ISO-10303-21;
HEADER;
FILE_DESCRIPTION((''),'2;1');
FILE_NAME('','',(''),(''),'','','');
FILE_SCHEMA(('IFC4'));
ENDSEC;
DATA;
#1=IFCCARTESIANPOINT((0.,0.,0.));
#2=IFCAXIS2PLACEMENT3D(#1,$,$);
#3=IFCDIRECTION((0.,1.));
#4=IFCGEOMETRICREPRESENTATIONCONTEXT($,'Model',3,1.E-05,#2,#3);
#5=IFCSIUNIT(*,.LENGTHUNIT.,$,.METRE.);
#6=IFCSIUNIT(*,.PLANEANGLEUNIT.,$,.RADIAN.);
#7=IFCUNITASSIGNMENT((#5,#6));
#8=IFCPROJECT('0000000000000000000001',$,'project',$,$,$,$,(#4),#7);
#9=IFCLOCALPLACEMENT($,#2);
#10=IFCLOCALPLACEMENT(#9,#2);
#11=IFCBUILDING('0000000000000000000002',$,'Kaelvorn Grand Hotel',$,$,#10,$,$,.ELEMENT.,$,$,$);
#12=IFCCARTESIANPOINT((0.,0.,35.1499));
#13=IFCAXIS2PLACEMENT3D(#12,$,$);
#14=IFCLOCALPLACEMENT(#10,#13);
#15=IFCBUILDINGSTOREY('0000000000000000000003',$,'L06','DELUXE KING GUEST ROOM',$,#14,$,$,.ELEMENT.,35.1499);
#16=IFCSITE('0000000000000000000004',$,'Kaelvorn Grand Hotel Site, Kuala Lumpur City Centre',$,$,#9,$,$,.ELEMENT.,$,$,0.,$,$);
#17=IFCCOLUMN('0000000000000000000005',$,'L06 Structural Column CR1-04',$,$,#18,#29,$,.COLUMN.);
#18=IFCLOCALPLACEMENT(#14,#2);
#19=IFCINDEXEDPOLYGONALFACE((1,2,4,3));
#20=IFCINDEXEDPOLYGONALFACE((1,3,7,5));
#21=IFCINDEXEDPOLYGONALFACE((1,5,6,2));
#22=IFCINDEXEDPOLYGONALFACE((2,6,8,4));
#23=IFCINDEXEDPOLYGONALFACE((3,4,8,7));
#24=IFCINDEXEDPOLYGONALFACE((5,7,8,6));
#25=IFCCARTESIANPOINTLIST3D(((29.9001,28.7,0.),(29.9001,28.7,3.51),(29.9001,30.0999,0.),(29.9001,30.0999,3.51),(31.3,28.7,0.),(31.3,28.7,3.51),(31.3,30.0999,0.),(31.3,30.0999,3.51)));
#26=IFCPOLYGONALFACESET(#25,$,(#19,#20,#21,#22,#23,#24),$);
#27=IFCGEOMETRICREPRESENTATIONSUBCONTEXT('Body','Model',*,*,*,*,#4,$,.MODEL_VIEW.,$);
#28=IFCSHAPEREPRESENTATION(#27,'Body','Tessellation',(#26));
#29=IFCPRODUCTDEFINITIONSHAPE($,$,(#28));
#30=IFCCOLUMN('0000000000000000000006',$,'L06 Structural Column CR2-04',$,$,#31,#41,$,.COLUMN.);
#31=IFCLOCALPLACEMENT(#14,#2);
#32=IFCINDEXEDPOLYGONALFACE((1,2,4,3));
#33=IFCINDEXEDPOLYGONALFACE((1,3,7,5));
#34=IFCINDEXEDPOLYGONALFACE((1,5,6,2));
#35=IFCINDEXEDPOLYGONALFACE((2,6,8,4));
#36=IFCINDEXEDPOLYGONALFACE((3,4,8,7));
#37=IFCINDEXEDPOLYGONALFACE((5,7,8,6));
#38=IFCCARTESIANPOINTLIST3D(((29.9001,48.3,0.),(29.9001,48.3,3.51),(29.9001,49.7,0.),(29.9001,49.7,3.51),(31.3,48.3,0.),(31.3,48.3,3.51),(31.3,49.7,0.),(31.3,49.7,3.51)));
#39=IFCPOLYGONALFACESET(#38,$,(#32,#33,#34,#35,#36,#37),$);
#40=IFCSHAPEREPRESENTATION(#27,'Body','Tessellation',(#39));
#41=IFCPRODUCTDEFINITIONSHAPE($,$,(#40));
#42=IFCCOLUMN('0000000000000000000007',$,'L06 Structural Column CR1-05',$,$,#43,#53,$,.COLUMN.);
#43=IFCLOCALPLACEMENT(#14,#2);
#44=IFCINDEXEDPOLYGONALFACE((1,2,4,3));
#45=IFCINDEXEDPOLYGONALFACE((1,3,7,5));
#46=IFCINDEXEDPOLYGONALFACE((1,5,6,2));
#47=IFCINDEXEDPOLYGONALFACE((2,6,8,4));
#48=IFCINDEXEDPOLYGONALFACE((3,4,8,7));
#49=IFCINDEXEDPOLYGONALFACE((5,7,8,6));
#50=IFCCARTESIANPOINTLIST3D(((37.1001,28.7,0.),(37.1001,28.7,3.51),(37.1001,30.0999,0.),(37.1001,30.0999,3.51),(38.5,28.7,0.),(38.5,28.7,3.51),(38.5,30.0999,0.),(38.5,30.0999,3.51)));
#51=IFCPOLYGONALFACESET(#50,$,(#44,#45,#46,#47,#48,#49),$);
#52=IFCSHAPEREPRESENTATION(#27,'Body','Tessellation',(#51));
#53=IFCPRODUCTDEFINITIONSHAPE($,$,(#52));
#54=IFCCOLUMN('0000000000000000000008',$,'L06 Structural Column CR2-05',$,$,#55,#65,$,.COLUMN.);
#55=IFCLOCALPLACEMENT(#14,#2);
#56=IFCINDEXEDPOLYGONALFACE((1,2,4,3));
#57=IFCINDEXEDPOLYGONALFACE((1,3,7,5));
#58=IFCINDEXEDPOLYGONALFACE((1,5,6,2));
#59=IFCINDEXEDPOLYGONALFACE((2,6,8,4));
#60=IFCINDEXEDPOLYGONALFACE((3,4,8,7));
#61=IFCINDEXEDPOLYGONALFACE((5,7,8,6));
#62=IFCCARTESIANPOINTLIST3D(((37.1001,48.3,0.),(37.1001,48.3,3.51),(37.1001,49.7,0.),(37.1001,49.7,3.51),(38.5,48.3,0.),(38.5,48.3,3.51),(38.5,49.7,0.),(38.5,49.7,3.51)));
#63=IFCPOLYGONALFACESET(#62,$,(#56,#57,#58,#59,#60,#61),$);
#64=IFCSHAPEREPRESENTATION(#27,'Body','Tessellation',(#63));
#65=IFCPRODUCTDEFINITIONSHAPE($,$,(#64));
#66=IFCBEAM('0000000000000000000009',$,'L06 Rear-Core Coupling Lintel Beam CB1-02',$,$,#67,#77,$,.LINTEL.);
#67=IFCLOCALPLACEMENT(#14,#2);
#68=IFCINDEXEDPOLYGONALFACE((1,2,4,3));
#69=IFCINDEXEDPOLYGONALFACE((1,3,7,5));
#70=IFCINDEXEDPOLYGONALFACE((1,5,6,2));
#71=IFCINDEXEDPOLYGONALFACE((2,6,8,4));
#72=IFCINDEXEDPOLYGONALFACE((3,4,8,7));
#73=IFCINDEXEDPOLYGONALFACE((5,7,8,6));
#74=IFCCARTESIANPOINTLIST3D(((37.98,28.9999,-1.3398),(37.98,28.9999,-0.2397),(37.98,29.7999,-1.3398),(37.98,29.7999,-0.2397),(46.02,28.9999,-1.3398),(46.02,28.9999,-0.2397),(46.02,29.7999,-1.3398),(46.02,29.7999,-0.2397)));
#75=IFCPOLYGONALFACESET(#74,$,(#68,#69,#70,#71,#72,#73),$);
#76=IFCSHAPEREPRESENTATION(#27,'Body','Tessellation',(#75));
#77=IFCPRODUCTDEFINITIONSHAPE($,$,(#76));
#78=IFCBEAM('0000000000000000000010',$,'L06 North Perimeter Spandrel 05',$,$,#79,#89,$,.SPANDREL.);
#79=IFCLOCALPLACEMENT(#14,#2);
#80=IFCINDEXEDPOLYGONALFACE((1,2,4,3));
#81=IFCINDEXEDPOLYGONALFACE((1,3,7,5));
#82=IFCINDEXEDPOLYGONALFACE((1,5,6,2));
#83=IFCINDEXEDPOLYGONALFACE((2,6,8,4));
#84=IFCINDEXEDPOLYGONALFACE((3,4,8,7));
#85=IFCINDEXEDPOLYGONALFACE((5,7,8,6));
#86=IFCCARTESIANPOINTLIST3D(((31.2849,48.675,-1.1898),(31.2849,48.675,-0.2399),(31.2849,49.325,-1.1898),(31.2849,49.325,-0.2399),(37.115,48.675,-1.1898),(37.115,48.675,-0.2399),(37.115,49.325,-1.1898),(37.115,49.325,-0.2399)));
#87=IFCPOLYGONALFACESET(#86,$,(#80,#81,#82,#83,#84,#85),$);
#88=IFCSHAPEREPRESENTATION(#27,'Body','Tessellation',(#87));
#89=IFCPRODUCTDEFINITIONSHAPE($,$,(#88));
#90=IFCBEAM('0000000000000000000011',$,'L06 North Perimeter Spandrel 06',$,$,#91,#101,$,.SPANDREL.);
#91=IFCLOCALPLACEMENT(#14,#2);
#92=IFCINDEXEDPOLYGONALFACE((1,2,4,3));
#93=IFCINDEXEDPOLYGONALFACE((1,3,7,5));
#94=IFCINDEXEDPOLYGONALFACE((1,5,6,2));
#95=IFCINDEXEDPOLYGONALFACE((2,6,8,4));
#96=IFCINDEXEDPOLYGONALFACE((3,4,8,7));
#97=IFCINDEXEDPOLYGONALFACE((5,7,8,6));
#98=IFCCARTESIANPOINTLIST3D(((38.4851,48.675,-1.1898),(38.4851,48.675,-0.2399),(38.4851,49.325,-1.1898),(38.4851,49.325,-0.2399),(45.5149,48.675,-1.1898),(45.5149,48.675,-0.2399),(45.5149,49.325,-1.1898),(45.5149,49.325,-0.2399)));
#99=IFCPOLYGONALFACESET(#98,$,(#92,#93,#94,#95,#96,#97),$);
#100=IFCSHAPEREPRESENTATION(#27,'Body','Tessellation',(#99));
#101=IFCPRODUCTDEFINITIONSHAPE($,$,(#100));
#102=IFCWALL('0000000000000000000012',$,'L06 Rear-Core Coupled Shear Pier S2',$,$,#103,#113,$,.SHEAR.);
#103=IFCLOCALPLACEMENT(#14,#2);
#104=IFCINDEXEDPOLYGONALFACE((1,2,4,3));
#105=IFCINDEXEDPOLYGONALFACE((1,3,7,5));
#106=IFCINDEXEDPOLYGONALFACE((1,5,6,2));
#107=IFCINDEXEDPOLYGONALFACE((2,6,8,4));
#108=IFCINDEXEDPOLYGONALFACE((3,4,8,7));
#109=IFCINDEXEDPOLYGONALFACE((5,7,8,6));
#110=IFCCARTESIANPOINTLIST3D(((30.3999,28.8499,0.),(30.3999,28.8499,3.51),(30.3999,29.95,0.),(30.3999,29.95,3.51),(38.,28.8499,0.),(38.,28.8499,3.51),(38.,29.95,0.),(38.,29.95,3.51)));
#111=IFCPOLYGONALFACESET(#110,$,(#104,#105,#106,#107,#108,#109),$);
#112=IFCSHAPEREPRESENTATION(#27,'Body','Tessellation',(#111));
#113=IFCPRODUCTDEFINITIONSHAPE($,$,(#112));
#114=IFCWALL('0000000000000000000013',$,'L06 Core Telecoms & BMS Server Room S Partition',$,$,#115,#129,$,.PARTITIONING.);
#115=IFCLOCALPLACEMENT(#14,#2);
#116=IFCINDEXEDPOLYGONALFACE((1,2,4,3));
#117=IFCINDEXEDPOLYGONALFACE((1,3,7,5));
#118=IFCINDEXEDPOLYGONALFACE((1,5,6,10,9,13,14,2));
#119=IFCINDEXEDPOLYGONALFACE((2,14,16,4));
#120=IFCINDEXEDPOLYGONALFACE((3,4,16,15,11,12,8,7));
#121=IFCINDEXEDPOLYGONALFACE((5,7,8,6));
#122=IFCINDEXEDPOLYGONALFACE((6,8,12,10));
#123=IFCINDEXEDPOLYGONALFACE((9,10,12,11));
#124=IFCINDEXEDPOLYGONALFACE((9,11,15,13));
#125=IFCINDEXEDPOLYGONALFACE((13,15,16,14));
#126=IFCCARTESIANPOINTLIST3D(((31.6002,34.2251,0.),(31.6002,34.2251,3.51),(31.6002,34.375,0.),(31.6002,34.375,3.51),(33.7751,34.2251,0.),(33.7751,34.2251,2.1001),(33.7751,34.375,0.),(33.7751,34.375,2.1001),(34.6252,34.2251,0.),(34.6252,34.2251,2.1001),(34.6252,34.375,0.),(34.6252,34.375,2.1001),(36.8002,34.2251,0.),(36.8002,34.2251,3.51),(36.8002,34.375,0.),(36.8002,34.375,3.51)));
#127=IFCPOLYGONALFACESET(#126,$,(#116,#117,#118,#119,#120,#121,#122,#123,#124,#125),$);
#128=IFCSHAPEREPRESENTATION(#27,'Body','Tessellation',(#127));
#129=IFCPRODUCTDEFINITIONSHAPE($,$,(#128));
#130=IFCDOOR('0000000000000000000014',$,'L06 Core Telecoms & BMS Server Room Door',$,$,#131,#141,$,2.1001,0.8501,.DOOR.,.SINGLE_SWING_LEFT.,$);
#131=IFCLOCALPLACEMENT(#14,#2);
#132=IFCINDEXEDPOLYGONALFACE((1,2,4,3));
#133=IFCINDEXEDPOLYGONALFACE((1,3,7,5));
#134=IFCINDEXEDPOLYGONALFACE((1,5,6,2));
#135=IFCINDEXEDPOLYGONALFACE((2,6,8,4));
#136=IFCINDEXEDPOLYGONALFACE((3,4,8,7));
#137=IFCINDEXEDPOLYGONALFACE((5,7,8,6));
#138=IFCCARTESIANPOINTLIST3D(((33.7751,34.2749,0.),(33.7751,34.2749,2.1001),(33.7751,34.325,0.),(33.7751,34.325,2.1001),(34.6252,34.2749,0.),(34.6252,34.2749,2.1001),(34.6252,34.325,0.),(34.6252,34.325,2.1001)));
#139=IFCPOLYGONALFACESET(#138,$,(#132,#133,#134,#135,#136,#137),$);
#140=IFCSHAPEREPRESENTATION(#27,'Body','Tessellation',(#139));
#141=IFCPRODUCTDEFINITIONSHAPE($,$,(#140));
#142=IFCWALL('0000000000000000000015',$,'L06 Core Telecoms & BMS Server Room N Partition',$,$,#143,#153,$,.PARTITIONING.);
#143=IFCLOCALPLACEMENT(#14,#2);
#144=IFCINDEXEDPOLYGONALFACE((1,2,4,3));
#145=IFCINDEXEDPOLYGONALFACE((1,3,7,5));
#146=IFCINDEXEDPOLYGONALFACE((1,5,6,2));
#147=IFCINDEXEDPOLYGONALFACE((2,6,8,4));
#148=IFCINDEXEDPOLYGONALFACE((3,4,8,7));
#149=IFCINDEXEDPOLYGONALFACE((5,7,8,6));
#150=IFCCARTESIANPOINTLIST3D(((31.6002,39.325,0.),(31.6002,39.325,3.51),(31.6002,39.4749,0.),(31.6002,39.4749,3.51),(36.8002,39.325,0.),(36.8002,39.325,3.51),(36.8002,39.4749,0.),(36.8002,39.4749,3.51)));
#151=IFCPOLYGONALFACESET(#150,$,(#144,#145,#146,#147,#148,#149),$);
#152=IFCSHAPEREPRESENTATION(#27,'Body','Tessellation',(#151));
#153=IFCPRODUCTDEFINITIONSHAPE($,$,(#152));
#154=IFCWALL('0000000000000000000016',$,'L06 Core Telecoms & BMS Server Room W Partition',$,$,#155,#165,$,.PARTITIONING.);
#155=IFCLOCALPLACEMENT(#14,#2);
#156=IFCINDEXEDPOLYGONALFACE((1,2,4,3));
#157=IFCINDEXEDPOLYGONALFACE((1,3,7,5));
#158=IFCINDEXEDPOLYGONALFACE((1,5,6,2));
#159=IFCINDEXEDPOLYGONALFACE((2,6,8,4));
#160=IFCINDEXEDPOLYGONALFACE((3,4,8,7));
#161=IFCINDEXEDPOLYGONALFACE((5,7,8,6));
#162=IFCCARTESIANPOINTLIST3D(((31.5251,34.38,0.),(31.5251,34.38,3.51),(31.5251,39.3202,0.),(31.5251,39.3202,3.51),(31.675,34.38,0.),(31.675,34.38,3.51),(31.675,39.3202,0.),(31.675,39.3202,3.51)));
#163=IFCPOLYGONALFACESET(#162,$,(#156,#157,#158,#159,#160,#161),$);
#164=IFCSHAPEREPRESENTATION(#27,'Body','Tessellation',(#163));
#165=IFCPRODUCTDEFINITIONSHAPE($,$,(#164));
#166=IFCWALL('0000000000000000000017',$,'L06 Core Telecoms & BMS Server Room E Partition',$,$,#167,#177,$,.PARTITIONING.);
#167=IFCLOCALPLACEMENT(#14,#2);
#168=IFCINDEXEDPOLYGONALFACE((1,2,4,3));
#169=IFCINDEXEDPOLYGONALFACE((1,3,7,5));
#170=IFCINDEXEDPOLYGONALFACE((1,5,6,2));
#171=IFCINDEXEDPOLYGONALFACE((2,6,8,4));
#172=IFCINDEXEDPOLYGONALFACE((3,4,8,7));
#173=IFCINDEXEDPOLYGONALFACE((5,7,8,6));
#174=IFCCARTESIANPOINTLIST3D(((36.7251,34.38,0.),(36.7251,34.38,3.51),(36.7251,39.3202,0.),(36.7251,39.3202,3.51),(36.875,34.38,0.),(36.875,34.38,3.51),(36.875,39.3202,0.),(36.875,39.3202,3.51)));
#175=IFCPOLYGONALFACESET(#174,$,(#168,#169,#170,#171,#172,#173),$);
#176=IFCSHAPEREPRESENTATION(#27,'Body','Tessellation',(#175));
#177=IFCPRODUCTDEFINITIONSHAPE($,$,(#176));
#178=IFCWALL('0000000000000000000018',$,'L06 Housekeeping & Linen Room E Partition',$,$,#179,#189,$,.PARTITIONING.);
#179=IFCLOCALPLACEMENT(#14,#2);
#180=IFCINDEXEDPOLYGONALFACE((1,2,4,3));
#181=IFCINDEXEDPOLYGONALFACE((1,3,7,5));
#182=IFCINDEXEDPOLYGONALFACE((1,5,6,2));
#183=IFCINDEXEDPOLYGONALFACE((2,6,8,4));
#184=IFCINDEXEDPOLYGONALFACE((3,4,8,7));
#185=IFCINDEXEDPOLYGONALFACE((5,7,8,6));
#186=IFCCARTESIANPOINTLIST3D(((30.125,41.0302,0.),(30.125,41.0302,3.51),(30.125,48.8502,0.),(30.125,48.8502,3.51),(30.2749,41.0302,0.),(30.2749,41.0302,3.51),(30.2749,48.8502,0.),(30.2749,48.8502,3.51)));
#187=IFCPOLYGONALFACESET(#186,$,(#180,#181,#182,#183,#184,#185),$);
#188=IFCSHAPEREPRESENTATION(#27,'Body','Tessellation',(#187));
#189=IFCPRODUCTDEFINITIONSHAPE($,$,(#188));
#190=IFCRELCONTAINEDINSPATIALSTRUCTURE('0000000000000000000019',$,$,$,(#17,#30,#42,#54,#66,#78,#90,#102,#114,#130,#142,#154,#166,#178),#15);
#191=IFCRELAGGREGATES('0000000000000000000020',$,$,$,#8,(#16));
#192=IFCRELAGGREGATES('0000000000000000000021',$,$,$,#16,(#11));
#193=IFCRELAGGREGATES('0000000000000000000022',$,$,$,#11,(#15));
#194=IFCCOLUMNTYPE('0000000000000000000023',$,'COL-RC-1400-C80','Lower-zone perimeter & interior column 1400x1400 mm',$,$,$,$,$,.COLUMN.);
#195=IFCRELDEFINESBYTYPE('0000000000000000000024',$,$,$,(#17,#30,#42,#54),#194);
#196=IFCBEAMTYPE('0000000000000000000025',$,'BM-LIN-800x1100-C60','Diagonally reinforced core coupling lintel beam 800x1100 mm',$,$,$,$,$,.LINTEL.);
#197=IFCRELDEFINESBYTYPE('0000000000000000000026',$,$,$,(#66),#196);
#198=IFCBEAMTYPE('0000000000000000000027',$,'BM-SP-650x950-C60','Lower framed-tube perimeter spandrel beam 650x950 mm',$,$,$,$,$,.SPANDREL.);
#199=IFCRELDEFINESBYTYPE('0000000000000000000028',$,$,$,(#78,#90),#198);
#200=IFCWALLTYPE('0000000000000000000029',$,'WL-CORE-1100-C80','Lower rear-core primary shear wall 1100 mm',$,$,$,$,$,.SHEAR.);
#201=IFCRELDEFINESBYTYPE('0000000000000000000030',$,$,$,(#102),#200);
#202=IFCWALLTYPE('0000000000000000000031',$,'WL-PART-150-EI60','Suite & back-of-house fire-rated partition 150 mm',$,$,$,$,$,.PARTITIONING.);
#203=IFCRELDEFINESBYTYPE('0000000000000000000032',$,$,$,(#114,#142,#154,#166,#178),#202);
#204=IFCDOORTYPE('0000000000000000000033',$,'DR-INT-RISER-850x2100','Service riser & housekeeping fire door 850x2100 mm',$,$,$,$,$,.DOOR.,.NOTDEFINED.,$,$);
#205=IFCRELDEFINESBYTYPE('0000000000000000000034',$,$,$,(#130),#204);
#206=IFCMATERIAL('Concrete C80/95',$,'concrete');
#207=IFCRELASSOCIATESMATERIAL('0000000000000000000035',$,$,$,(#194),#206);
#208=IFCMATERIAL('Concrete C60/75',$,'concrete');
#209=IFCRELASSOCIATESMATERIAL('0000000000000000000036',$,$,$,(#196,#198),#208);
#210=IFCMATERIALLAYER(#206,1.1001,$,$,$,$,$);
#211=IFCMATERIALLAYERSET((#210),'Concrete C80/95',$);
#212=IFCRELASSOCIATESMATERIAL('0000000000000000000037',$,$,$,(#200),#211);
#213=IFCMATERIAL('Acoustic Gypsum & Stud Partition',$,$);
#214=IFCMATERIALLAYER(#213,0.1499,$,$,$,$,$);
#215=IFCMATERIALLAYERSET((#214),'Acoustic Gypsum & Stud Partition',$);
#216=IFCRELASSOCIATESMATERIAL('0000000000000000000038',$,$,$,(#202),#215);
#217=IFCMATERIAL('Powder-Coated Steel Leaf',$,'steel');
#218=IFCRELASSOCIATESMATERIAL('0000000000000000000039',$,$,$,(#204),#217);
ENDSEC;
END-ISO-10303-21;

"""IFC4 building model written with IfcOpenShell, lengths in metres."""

from ifc_helpers import new_model, si_unit, direction, frame, frame_2d, origin, origin_2d, place, context, subcontext, project, spatial, rectangle, extrude, material, layer, layer_set, material_profile, profile_set, type_object, element, fill, save


model = new_model("IFC4")

# Units and contexts
model_context = context("Model", 3, precision=1e-05, world=origin(), true_north=direction((0.0, 1.0)))
body_context = subcontext(model_context, "Body", "Model", "MODEL_VIEW")
ifc_project = project(units=[si_unit("LENGTHUNIT", "METRE"), si_unit("PLANEANGLEUNIT", "RADIAN")], contexts=[model_context])

# Site, building, storey
site_placement = place(None, origin())
site = spatial("IfcSite", under=ifc_project, at=site_placement, Name="Kaelvorn Grand Hotel Site, Kuala Lumpur City Centre", CompositionType="ELEMENT", RefElevation=0.0)
building_placement = place(site_placement, origin())
building = spatial("IfcBuilding", under=site, at=building_placement, Name="Kaelvorn Grand Hotel", CompositionType="ELEMENT")
storey_placement = place(building_placement, frame((0.0, 0.0, 35.1499)))
storey = spatial("IfcBuildingStorey", under=building, at=storey_placement, Name="L06", Description="DELUXE KING GUEST ROOM", CompositionType="ELEMENT", Elevation=35.1499)

# Columns
ifc_material_1 = material(Name="Concrete C80/95", Category="concrete")
ifc_material_profile_1 = material_profile(ifc_material_1, rectangle(XDim=1.3999, YDim=1.3999, at=origin_2d()), Name="RC COL 1400x1400")
ifc_profile_set_1 = profile_set([ifc_material_profile_1], Name="Concrete C80/95")
column_type = type_object("IfcColumnType", Name="COL-RC-1400-C80", Description="Lower-zone perimeter & interior column 1400x1400 mm", PredefinedType="COLUMN", material=ifc_profile_set_1)
for number, where, z_axis, x_axis, name in (
    (1, (30.6001, 29.3999, 0.0), (0.0, 0.0, 1.0), (1.0, 0.0, 0.0), "L06 Structural Column CR1-04"),
    (2, (30.6001, 49.0, 0.0), (0.0, 0.0, 1.0), (1.0, 0.0, 0.0), "L06 Structural Column CR2-04"),
    (3, (37.8, 29.3999, 0.0), (0.0, 0.0, 1.0), (1.0, 0.0, 0.0), "L06 Structural Column CR1-05"),
    (4, (37.8, 49.0, 0.0), (0.0, 0.0, 1.0), (1.0, 0.0, 0.0), "L06 Structural Column CR2-05"),
):
    element("IfcColumn", number, at=place(storey_placement, frame(where, z_axis=z_axis, x_axis=x_axis)), inside=storey, type_object=column_type, Name=name, PredefinedType="COLUMN", context=body_context, shape_type="SweptSolid", body=[
        extrude(rectangle(XDim=1.3999, YDim=1.3999, at=origin_2d()), origin(), (0.0, 0.0, 1.0), 3.51),
    ])

# Beams
ifc_material_2 = material(Name="Concrete C60/75", Category="concrete")
ifc_material_profile_2 = material_profile(ifc_material_2, rectangle(XDim=0.8, YDim=1.1001, at=origin_2d()), Name="RC LINTEL 800x1100")
ifc_profile_set_2 = profile_set([ifc_material_profile_2], Name="Concrete C60/75")
beam_type_1 = type_object("IfcBeamType", Name="BM-LIN-800x1100-C60", Description="Diagonally reinforced core coupling lintel beam 800x1100 mm", PredefinedType="LINTEL", material=ifc_profile_set_2)
beam_1_placement = place(storey_placement, frame((37.98, 29.3999, -0.7898), z_axis=(1.0, 0.0, 0.0), x_axis=(0.0, 1.0, 0.0)))
element("IfcBeam", 5, at=beam_1_placement, inside=storey, type_object=beam_type_1, Name="L06 Rear-Core Coupling Lintel Beam CB1-02", PredefinedType="LINTEL", context=body_context, shape_type="SweptSolid", body=[
    extrude(rectangle(XDim=0.8, YDim=1.1001, at=origin_2d()), origin(), (0.0, 0.0, 1.0), 8.04),
])
ifc_material_profile_3 = material_profile(ifc_material_2, rectangle(XDim=0.6499, YDim=0.95, at=origin_2d()), Name="RC SPANDREL 650x950")
ifc_profile_set_3 = profile_set([ifc_material_profile_3], Name="Concrete C60/75")
beam_type_2 = type_object("IfcBeamType", Name="BM-SP-650x950-C60", Description="Lower framed-tube perimeter spandrel beam 650x950 mm", PredefinedType="SPANDREL", material=ifc_profile_set_3)
beam_2_placement = place(storey_placement, frame((31.2849, 49.0, -0.7148), z_axis=(1.0, 0.0, 0.0), x_axis=(0.0, 1.0, 0.0)))
element("IfcBeam", 6, at=beam_2_placement, inside=storey, type_object=beam_type_2, Name="L06 North Perimeter Spandrel 05", PredefinedType="SPANDREL", context=body_context, shape_type="SweptSolid", body=[
    extrude(rectangle(XDim=0.6499, YDim=0.95, at=origin_2d()), origin(), (0.0, 0.0, 1.0), 5.8301),
])
beam_3_placement = place(storey_placement, frame((38.4851, 49.0, -0.7148), z_axis=(1.0, 0.0, 0.0), x_axis=(0.0, 1.0, 0.0)))
element("IfcBeam", 7, at=beam_3_placement, inside=storey, type_object=beam_type_2, Name="L06 North Perimeter Spandrel 06", PredefinedType="SPANDREL", context=body_context, shape_type="SweptSolid", body=[
    extrude(rectangle(XDim=0.6499, YDim=0.95, at=origin_2d()), origin(), (0.0, 0.0, 1.0), 7.0298),
])

# Wall
ifc_layer_1 = layer(ifc_material_1, 1.1001)
ifc_layer_set_1 = layer_set([ifc_layer_1], Name="Concrete C80/95")
wall_type_1 = type_object("IfcWallType", Name="WL-CORE-1100-C80", Description="Lower rear-core primary shear wall 1100 mm", PredefinedType="SHEAR", material=ifc_layer_set_1)
wall_1_placement = place(storey_placement, frame((30.3999, 29.3999, 0.0), z_axis=(0.0, 0.0, 1.0), x_axis=(1.0, 0.0, 0.0)))
element("IfcWall", 8, at=wall_1_placement, inside=storey, type_object=wall_type_1, Name="L06 Rear-Core Coupled Shear Pier S2", PredefinedType="SHEAR", context=body_context, shape_type="SweptSolid", body=[
    extrude(rectangle(XDim=7.6001, YDim=1.1001, at=frame_2d((3.8, 0.0))), origin(), (0.0, 0.0, 1.0), 3.51),
])

# Wall, opening, door
ifc_material_3 = material(Name="Acoustic Gypsum & Stud Partition")
ifc_layer_2 = layer(ifc_material_3, 0.1499)
ifc_layer_set_2 = layer_set([ifc_layer_2], Name="Acoustic Gypsum & Stud Partition")
wall_type_2 = type_object("IfcWallType", Name="WL-PART-150-EI60", Description="Suite & back-of-house fire-rated partition 150 mm", PredefinedType="PARTITIONING", material=ifc_layer_set_2)
wall_2_placement = place(storey_placement, frame((31.6001, 34.3, 0.0), z_axis=(0.0, 0.0, 1.0), x_axis=(1.0, 0.0, 0.0)))
wall_2 = element("IfcWall", 9, at=wall_2_placement, inside=storey, type_object=wall_type_2, Name="L06 Core Telecoms & BMS Server Room S Partition", PredefinedType="PARTITIONING", context=body_context, shape_type="SweptSolid", body=[
    extrude(rectangle(XDim=5.2, YDim=0.1499, at=frame_2d((2.6001, 0.0))), origin(), (0.0, 0.0, 1.0), 3.51),
])
opening_1_placement = place(wall_2_placement, frame((2.175, 0.0, 0.0)))
opening_1 = element("IfcOpeningElement", 10, at=opening_1_placement, cuts=wall_2, PredefinedType="OPENING", context=body_context, shape_type="SweptSolid", body=[
    extrude(rectangle(XDim=0.8501, YDim=2.1001, at=frame_2d((0.425, 1.05))), frame((0.0, 0.085, 0.0), z_axis=(0.0, -1.0, 0.0), x_axis=(1.0, 0.0, 0.0)), (0.0, 0.0, 1.0), 0.1699),
])
ifc_material_4 = material(Name="Powder-Coated Steel Leaf", Category="steel")
door_type_1 = type_object("IfcDoorType", Name="DR-INT-RISER-850x2100", Description="Service riser & housekeeping fire door 850x2100 mm", OperationType="NOTDEFINED", PredefinedType="DOOR", material=ifc_material_4)
door_1_placement = place(opening_1_placement, origin())
door_1 = element("IfcDoor", 11, at=door_1_placement, inside=storey, type_object=door_type_1, Name="L06 Core Telecoms & BMS Server Room Door", OperationType="SINGLE_SWING_LEFT", OverallHeight=2.1001, OverallWidth=0.8501, PredefinedType="DOOR", context=body_context, shape_type="SweptSolid", body=[
    extrude(rectangle(XDim=0.8501, YDim=2.1001, at=frame_2d((0.425, 1.05))), frame((0.0, 0.0249, 0.0), z_axis=(0.0, -1.0, 0.0), x_axis=(1.0, 0.0, 0.0)), (0.0, 0.0, 1.0), 0.05),
])
fill(opening_1, door_1)

# Walls
wall_3_placement = place(storey_placement, frame((31.6001, 39.3999, 0.0), z_axis=(0.0, 0.0, 1.0), x_axis=(1.0, 0.0, 0.0)))
element("IfcWall", 12, at=wall_3_placement, inside=storey, type_object=wall_type_2, Name="L06 Core Telecoms & BMS Server Room N Partition", PredefinedType="PARTITIONING", context=body_context, shape_type="SweptSolid", body=[
    extrude(rectangle(XDim=5.2, YDim=0.1499, at=frame_2d((2.6001, 0.0))), origin(), (0.0, 0.0, 1.0), 3.51),
])
for number, where, z_axis, x_axis, name in (
    (13, (31.6001, 34.3799, 0.0), (0.0, 0.0, 1.0), (0.0, 1.0, 0.0), "L06 Core Telecoms & BMS Server Room W Partition"),
    (14, (36.8, 34.3799, 0.0), (0.0, 0.0, 1.0), (0.0, 1.0, 0.0), "L06 Core Telecoms & BMS Server Room E Partition"),
):
    element("IfcWall", number, at=place(storey_placement, frame(where, z_axis=z_axis, x_axis=x_axis)), inside=storey, type_object=wall_type_2, Name=name, PredefinedType="PARTITIONING", context=body_context, shape_type="SweptSolid", body=[
        extrude(rectangle(XDim=4.9402, YDim=0.1499, at=frame_2d((2.4702, 0.0))), origin(), (0.0, 0.0, 1.0), 3.51),
    ])
wall_4_placement = place(storey_placement, frame((30.2, 41.03, 0.0), z_axis=(0.0, 0.0, 1.0), x_axis=(0.0, 1.0, 0.0)))
element("IfcWall", 15, at=wall_4_placement, inside=storey, type_object=wall_type_2, Name="L06 Housekeeping & Linen Room E Partition", PredefinedType="PARTITIONING", context=body_context, shape_type="SweptSolid", body=[
    extrude(rectangle(XDim=7.8201, YDim=0.1499, at=frame_2d((3.9102, 0.0))), origin(), (0.0, 0.0, 1.0), 3.51),
])

save(model, "model.ifc")
